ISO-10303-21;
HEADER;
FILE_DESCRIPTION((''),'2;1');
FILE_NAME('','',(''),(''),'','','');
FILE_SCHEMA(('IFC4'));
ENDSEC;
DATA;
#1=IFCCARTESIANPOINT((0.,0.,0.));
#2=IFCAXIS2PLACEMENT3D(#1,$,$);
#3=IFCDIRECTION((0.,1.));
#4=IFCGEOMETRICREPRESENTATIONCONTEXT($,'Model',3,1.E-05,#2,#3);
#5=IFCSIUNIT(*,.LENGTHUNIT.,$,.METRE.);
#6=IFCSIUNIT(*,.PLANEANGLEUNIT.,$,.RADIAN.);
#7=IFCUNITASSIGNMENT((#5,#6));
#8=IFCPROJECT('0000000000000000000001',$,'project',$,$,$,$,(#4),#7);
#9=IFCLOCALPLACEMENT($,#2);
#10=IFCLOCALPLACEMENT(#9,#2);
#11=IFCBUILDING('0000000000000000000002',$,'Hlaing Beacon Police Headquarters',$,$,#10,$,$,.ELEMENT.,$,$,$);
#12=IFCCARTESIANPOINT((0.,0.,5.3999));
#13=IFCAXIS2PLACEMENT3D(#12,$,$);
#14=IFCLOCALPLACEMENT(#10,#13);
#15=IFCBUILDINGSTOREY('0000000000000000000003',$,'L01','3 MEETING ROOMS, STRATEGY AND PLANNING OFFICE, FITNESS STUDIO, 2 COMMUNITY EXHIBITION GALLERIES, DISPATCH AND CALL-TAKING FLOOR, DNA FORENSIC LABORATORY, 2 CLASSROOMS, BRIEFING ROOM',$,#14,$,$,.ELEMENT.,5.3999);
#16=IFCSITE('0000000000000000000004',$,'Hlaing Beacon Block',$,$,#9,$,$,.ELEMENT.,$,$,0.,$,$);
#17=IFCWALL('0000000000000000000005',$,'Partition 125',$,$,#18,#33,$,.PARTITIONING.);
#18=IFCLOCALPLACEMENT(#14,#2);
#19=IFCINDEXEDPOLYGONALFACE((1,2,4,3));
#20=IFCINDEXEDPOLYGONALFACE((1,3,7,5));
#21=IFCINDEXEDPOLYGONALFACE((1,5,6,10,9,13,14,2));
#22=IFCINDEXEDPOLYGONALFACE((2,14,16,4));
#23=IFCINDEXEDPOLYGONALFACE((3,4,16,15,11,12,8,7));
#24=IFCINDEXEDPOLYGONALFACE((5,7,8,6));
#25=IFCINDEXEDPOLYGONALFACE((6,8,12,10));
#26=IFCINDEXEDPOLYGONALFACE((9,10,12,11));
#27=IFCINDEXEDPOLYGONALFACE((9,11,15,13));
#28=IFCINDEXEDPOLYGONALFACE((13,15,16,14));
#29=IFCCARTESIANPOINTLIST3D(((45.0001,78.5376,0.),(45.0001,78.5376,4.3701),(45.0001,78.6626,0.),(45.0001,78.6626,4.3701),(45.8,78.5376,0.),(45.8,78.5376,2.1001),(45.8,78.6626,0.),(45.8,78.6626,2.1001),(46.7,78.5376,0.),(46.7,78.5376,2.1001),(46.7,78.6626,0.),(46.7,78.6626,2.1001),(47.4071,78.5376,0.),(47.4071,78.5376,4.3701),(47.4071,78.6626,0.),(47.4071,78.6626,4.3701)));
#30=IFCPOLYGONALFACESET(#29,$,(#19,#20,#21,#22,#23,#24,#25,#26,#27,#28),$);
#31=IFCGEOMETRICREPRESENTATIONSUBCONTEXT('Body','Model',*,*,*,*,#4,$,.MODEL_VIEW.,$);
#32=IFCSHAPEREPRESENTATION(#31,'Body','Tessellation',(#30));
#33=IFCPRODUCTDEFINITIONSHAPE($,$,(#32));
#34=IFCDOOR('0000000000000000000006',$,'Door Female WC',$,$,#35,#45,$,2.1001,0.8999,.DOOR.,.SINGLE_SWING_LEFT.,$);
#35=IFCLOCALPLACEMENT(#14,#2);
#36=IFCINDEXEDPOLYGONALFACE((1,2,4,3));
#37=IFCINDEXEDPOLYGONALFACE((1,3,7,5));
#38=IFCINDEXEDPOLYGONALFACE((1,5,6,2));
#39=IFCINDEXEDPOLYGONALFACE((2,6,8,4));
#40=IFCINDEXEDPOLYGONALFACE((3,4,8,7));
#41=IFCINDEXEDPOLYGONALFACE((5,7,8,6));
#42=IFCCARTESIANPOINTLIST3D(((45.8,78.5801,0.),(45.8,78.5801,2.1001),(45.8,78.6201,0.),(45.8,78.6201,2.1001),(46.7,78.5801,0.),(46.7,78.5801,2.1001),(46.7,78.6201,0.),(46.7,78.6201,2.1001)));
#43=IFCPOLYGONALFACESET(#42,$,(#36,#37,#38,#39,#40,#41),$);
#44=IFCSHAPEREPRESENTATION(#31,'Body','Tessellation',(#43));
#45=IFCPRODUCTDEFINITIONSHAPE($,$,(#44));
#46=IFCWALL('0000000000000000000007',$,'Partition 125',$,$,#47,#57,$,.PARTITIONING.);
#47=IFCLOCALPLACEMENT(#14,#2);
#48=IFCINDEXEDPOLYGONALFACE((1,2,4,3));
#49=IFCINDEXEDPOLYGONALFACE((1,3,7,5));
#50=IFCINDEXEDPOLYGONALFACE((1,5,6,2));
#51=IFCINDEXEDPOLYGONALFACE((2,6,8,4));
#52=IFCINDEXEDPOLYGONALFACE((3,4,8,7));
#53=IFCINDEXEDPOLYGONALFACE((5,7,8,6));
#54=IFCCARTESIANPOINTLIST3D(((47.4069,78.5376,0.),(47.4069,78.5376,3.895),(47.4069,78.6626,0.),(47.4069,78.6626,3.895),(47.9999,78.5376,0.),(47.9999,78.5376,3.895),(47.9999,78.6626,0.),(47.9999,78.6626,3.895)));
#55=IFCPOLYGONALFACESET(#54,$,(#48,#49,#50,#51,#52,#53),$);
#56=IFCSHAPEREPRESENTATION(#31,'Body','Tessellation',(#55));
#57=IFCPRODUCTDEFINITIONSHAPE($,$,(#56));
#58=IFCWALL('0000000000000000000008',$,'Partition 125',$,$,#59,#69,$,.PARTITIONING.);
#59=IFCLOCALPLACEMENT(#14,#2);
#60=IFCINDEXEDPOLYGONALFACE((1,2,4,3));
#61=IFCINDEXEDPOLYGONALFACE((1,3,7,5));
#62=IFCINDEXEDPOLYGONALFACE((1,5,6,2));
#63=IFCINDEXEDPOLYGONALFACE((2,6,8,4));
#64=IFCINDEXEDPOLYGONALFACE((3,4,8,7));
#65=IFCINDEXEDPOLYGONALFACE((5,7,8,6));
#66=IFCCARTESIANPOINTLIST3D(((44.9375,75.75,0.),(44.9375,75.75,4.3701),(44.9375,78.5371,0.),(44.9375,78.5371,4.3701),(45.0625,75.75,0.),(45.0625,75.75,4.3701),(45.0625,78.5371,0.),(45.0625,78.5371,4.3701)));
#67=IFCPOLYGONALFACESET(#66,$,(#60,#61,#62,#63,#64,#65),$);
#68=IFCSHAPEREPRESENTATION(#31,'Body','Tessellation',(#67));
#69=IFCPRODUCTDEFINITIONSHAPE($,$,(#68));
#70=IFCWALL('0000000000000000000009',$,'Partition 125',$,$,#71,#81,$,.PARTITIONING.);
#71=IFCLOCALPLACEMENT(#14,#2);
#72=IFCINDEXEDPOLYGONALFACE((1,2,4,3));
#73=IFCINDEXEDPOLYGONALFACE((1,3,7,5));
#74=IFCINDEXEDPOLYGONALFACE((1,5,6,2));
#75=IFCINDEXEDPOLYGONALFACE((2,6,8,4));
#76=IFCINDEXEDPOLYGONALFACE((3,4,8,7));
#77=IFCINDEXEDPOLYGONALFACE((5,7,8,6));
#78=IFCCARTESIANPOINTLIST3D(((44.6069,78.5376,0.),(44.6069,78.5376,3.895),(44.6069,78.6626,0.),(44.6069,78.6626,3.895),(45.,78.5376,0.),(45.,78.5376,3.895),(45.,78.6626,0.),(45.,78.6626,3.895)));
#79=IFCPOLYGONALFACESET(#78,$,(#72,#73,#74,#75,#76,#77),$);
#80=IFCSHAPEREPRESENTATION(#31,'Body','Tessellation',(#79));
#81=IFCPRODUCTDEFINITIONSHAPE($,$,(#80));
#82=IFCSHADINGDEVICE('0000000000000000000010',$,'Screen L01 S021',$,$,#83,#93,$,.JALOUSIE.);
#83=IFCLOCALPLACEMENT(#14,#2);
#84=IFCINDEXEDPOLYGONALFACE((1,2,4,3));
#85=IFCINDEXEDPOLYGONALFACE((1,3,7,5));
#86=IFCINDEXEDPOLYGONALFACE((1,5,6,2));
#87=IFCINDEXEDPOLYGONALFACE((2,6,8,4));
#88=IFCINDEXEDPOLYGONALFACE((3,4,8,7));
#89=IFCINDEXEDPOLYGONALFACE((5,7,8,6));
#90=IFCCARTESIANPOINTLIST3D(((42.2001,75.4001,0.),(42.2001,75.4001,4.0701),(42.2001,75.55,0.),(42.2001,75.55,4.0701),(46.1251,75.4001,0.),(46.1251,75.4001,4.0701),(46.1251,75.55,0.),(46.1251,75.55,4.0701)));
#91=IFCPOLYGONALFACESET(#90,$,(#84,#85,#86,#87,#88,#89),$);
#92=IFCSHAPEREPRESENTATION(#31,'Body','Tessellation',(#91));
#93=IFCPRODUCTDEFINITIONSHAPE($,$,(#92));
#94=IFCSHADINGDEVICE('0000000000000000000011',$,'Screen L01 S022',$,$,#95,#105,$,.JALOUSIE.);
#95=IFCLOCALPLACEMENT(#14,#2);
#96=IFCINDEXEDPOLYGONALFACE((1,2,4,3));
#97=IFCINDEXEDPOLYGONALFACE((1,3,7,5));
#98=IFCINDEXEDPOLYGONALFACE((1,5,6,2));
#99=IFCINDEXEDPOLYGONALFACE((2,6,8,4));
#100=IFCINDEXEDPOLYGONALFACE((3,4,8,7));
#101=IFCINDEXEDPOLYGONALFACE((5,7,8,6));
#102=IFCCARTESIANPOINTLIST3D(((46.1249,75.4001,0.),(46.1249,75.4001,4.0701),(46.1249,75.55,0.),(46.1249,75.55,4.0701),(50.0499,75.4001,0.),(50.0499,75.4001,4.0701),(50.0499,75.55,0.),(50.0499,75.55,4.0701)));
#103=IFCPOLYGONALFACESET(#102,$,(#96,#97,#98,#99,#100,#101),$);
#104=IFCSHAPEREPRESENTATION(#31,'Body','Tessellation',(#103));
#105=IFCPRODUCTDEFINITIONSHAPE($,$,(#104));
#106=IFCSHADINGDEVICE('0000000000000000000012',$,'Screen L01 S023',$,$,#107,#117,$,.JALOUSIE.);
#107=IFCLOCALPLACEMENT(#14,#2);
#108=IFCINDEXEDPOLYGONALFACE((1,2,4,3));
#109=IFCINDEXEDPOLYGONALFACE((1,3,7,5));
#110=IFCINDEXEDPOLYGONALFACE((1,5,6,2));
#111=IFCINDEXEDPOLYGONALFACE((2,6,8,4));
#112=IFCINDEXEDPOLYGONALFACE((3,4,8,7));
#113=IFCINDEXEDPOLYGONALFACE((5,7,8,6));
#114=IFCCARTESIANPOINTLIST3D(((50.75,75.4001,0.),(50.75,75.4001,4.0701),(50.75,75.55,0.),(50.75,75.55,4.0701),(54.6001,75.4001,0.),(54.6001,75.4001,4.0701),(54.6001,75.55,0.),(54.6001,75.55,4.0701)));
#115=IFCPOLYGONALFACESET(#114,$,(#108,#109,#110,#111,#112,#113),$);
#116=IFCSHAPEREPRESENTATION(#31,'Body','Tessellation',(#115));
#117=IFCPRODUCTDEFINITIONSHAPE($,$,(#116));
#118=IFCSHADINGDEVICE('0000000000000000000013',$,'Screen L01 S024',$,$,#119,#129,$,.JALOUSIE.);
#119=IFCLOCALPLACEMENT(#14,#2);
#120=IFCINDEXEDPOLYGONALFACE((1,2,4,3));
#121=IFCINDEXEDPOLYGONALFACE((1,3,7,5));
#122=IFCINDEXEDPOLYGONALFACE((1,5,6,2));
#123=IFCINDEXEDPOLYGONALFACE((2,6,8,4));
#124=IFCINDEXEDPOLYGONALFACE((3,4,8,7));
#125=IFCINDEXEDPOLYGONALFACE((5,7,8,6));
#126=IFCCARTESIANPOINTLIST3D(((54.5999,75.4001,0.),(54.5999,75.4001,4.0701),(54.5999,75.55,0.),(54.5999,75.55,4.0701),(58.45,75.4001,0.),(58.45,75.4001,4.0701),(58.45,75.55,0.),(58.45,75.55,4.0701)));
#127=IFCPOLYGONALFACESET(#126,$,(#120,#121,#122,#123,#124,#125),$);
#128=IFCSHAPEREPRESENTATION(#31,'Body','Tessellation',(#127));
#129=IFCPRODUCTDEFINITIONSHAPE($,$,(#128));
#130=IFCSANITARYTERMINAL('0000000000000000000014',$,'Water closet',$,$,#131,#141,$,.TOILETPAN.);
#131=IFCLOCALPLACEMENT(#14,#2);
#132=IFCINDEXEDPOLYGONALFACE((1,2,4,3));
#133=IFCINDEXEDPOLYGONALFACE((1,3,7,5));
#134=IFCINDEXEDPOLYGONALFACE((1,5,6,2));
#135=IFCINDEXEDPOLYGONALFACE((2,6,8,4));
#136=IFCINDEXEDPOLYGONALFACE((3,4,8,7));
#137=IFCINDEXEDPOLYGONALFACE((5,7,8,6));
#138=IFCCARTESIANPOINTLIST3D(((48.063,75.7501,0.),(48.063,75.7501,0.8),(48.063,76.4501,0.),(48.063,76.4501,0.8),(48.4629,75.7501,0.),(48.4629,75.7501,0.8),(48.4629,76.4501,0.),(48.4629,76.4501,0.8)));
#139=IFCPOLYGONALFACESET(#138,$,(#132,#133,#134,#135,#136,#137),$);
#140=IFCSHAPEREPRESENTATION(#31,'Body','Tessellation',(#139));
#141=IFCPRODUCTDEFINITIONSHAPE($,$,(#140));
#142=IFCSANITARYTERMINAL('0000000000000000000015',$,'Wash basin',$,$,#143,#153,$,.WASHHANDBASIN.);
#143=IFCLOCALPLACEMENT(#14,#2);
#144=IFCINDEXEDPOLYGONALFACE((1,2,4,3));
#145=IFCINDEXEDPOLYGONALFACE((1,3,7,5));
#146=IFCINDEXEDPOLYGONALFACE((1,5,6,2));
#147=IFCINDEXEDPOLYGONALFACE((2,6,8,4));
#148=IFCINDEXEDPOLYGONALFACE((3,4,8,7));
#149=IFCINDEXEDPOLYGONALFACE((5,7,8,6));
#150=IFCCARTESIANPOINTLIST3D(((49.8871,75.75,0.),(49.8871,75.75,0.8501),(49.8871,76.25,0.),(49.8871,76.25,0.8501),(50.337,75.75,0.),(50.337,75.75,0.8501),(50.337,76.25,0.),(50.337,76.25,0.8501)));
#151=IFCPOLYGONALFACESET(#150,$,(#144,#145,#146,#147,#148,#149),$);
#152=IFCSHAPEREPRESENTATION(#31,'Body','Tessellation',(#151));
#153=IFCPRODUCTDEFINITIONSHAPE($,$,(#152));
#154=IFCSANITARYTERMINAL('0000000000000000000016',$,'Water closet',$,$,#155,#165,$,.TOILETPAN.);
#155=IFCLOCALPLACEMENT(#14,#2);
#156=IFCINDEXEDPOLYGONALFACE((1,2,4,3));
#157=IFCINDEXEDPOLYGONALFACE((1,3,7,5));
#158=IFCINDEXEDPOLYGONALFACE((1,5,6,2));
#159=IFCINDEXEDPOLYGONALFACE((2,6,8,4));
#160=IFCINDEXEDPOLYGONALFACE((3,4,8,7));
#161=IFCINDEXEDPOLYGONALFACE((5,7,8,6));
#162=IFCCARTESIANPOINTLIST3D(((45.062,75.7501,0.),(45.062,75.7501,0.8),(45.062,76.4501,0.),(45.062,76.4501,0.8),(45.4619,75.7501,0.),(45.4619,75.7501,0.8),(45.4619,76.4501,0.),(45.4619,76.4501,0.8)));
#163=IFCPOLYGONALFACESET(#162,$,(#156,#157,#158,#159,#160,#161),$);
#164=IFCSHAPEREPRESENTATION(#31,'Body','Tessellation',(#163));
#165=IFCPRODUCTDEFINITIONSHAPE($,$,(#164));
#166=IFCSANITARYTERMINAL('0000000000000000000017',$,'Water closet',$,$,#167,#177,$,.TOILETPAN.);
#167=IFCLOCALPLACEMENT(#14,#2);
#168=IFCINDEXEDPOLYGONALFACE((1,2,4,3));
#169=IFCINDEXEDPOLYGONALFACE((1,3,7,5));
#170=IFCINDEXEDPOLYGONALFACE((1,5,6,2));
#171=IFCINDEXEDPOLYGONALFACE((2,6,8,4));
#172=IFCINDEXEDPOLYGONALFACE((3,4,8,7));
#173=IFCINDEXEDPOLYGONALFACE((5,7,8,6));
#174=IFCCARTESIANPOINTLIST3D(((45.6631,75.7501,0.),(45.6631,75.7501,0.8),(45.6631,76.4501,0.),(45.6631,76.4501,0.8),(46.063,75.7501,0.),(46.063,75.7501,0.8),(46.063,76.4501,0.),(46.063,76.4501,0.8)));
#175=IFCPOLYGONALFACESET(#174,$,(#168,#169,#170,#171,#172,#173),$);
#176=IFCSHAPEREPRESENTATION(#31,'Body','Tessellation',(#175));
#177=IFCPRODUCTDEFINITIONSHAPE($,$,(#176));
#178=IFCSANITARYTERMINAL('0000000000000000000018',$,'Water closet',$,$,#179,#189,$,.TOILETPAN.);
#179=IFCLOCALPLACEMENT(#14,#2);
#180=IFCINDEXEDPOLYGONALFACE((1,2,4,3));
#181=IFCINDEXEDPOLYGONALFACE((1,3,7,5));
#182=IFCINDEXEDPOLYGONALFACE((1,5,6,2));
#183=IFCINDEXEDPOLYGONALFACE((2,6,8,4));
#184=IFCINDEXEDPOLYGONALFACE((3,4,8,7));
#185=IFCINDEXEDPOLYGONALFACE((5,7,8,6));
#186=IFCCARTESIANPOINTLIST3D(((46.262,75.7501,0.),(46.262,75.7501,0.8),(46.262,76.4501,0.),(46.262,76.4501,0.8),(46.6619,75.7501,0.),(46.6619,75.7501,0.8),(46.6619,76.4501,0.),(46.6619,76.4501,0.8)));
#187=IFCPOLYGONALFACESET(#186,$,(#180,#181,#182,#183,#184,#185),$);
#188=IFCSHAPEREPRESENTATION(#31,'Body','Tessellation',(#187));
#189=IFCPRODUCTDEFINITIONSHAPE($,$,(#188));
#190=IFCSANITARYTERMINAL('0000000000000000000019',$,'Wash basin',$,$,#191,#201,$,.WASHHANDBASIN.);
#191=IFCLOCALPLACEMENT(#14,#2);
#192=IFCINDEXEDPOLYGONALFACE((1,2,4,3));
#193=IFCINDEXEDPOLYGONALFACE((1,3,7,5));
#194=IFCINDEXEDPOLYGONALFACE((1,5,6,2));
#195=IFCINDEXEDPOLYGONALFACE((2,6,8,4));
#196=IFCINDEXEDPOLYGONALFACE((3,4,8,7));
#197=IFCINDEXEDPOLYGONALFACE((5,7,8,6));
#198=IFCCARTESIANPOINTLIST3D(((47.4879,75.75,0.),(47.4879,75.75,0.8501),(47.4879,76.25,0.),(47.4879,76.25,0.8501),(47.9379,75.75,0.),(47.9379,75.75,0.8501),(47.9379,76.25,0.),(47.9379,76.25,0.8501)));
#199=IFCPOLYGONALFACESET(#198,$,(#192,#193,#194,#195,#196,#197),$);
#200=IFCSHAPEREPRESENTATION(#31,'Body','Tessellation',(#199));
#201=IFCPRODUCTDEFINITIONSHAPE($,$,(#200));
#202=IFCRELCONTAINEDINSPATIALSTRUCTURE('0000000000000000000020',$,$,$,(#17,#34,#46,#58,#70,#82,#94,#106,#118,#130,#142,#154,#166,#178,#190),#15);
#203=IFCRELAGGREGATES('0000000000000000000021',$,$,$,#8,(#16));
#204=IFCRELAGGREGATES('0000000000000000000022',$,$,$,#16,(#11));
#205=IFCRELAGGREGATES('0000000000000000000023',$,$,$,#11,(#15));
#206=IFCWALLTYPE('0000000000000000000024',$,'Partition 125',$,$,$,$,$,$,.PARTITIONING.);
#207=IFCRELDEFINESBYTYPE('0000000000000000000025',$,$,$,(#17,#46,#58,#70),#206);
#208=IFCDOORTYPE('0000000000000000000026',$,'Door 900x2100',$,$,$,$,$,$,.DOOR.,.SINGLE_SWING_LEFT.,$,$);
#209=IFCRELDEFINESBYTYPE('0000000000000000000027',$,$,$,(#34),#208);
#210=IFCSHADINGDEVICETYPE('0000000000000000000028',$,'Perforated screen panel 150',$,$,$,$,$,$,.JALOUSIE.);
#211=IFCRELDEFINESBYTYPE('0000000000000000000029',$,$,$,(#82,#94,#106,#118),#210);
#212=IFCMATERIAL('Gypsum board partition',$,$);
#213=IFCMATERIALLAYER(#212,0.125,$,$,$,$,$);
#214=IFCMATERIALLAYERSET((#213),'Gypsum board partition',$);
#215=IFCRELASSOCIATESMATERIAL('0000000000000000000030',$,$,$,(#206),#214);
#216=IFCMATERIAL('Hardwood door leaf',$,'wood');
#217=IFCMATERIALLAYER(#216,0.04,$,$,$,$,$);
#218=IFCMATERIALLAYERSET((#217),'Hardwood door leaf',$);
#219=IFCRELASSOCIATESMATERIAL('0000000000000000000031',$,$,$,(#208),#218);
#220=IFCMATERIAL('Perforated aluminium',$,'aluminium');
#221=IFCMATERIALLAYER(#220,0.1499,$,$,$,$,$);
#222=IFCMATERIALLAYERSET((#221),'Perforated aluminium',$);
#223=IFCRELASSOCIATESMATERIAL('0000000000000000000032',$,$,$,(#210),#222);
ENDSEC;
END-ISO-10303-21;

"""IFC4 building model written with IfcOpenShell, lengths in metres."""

from ifc_helpers import new_model, si_unit, direction, frame, frame_2d, origin, origin_2d, place, context, subcontext, project, spatial, rectangle, extrude, material, layer, layer_set, type_object, element, fill, save


model = new_model("IFC4")

# Units and contexts
model_context = context("Model", 3, precision=1e-05, world=origin(), true_north=direction((0.0, 1.0)))
body_context = subcontext(model_context, "Body", "Model", "MODEL_VIEW")
ifc_project = project(units=[si_unit("LENGTHUNIT", "METRE"), si_unit("PLANEANGLEUNIT", "RADIAN")], contexts=[model_context])

# Site, building, storey
site_placement = place(None, origin())
site = spatial("IfcSite", under=ifc_project, at=site_placement, Name="Hlaing Beacon Block", CompositionType="ELEMENT", RefElevation=0.0)
building_placement = place(site_placement, origin())
building = spatial("IfcBuilding", under=site, at=building_placement, Name="Hlaing Beacon Police Headquarters", CompositionType="ELEMENT")
storey_placement = place(building_placement, frame((0.0, 0.0, 5.3999)))
storey = spatial("IfcBuildingStorey", under=building, at=storey_placement, Name="L01", Description="3 MEETING ROOMS, STRATEGY AND PLANNING OFFICE, FITNESS STUDIO, 2 COMMUNITY EXHIBITION GALLERIES, DISPATCH AND CALL-TAKING FLOOR, DNA FORENSIC LABORATORY, 2 CLASSROOMS, BRIEFING ROOM", CompositionType="ELEMENT", Elevation=5.3999)

# Shared definitions
ifc_material_1 = material(Name="Gypsum board partition")
ifc_layer_1 = layer(ifc_material_1, 0.125)
ifc_layer_set_1 = layer_set([ifc_layer_1], Name="Gypsum board partition")
wall_type_1 = type_object("IfcWallType", Name="Partition 125", PredefinedType="PARTITIONING", material=ifc_layer_set_1)

# Wall, opening, door
wall_1_placement = place(storey_placement, frame((45.0, 78.6001, 0.0), z_axis=(0.0, 0.0, 1.0), x_axis=(1.0, 0.0, 0.0)))
wall_1 = element("IfcWall", 1, at=wall_1_placement, inside=storey, type_object=wall_type_1, Name="Partition 125", PredefinedType="PARTITIONING", context=body_context, shape_type="SweptSolid", body=[
    extrude(rectangle(XDim=2.407, YDim=0.125, at=frame_2d((1.2036, 0.0))), origin(), (0.0, 0.0, 1.0), 4.3701),
])
opening_1_placement = place(wall_1_placement, frame((0.8, 0.0, 0.0)))
opening_1 = element("IfcOpeningElement", 2, at=opening_1_placement, cuts=wall_1, PredefinedType="OPENING", context=body_context, shape_type="SweptSolid", body=[
    extrude(rectangle(XDim=0.8999, YDim=2.1001, at=frame_2d((0.45, 1.05))), frame((0.0, 0.0725, 0.0), z_axis=(0.0, -1.0, 0.0), x_axis=(1.0, 0.0, 0.0)), (0.0, 0.0, 1.0), 0.145),
])
ifc_material_2 = material(Name="Hardwood door leaf", Category="wood")
ifc_layer_2 = layer(ifc_material_2, 0.04)
ifc_layer_set_2 = layer_set([ifc_layer_2], Name="Hardwood door leaf")
door_type_1 = type_object("IfcDoorType", Name="Door 900x2100", OperationType="SINGLE_SWING_LEFT", PredefinedType="DOOR", material=ifc_layer_set_2)
door_1_placement = place(opening_1_placement, frame((0.8999, 0.0, 0.0), z_axis=(0.0, 0.0, 1.0), x_axis=(-1.0, 0.0, 0.0)))
door_1 = element("IfcDoor", 3, at=door_1_placement, inside=storey, type_object=door_type_1, Name="Door Female WC", OperationType="SINGLE_SWING_LEFT", OverallHeight=2.1001, OverallWidth=0.8999, PredefinedType="DOOR", context=body_context, shape_type="SweptSolid", body=[
    extrude(rectangle(XDim=0.8999, YDim=2.1001, at=frame_2d((0.45, 1.05))), frame((0.0, 0.02, 0.0), z_axis=(0.0, -1.0, 0.0), x_axis=(1.0, 0.0, 0.0)), (0.0, 0.0, 1.0), 0.04),
])
fill(opening_1, door_1)

# Walls
wall_2_placement = place(storey_placement, frame((47.407, 78.6001, 0.0), z_axis=(0.0, 0.0, 1.0), x_axis=(1.0, 0.0, 0.0)))
element("IfcWall", 4, at=wall_2_placement, inside=storey, type_object=wall_type_1, Name="Partition 125", PredefinedType="PARTITIONING", context=body_context, shape_type="SweptSolid", body=[
    extrude(rectangle(XDim=0.593, YDim=0.125, at=frame_2d((0.2964, 0.0))), origin(), (0.0, 0.0, 1.0), 3.895),
])
wall_3_placement = place(storey_placement, frame((45.0, 75.75, 0.0), z_axis=(0.0, 0.0, 1.0), x_axis=(0.0, 1.0, 0.0)))
element("IfcWall", 5, at=wall_3_placement, inside=storey, type_object=wall_type_1, Name="Partition 125", PredefinedType="PARTITIONING", context=body_context, shape_type="SweptSolid", body=[
    extrude(rectangle(XDim=2.7871, YDim=0.125, at=frame_2d((1.3936, 0.0))), origin(), (0.0, 0.0, 1.0), 4.3701),
])
wall_4_placement = place(storey_placement, frame((44.6069, 78.6001, 0.0), z_axis=(0.0, 0.0, 1.0), x_axis=(1.0, 0.0, 0.0)))
element("IfcWall", 6, at=wall_4_placement, inside=storey, type_object=wall_type_1, Name="Partition 125", PredefinedType="PARTITIONING", context=body_context, shape_type="SweptSolid", body=[
    extrude(rectangle(XDim=0.3931, YDim=0.125, at=frame_2d((0.1965, 0.0))), origin(), (0.0, 0.0, 1.0), 3.895),
])

# Shading devices
ifc_material_3 = material(Name="Perforated aluminium", Category="aluminium")
ifc_layer_3 = layer(ifc_material_3, 0.1499)
ifc_layer_set_3 = layer_set([ifc_layer_3], Name="Perforated aluminium")
shading_device_type = type_object("IfcShadingDeviceType", Name="Perforated screen panel 150", PredefinedType="JALOUSIE", material=ifc_layer_set_3)
for number, where, z_axis, x_axis, name in (
    (7, (44.1626, 75.4751, 0.0), (0.0, 0.0, 1.0), (1.0, 0.0, 0.0), "Screen L01 S021"),
    (8, (48.0874, 75.4751, 0.0), (0.0, 0.0, 1.0), (1.0, 0.0, 0.0), "Screen L01 S022"),
):
    element("IfcShadingDevice", number, at=place(storey_placement, frame(where, z_axis=z_axis, x_axis=x_axis)), inside=storey, type_object=shading_device_type, Name=name, PredefinedType="JALOUSIE", context=body_context, shape_type="SweptSolid", body=[
        extrude(rectangle(XDim=3.925, YDim=0.1499, at=origin_2d()), origin(), (0.0, 0.0, 1.0), 4.0701),
    ])
for number, where, z_axis, x_axis, name in (
    (9, (52.675, 75.4751, 0.0), (0.0, 0.0, 1.0), (1.0, 0.0, 0.0), "Screen L01 S023"),
    (10, (56.5249, 75.4751, 0.0), (0.0, 0.0, 1.0), (1.0, 0.0, 0.0), "Screen L01 S024"),
):
    element("IfcShadingDevice", number, at=place(storey_placement, frame(where, z_axis=z_axis, x_axis=x_axis)), inside=storey, type_object=shading_device_type, Name=name, PredefinedType="JALOUSIE", context=body_context, shape_type="SweptSolid", body=[
        extrude(rectangle(XDim=3.8501, YDim=0.1499, at=origin_2d()), origin(), (0.0, 0.0, 1.0), 4.0701),
    ])

# Sanitary terminals
sanitary_terminal_1_placement = place(storey_placement, frame((48.2629, 76.1001, 0.0), z_axis=(0.0, 0.0, 1.0), x_axis=(1.0, 0.0, 0.0)))
element("IfcSanitaryTerminal", 11, at=sanitary_terminal_1_placement, inside=storey, Name="Water closet", PredefinedType="TOILETPAN", context=body_context, shape_type="SweptSolid", body=[
    extrude(rectangle(XDim=0.3999, YDim=0.7, at=origin_2d()), origin(), (0.0, 0.0, 1.0), 0.8),
])
sanitary_terminal_2_placement = place(storey_placement, frame((50.1121, 76.0, 0.0), z_axis=(0.0, 0.0, 1.0), x_axis=(1.0, 0.0, 0.0)))
element("IfcSanitaryTerminal", 12, at=sanitary_terminal_2_placement, inside=storey, Name="Wash basin", PredefinedType="WASHHANDBASIN", context=body_context, shape_type="SweptSolid", body=[
    extrude(rectangle(XDim=0.45, YDim=0.5, at=origin_2d()), origin(), (0.0, 0.0, 1.0), 0.8501),
])
for number, where, z_axis, x_axis, name in (
    (13, (45.262, 76.1001, 0.0), (0.0, 0.0, 1.0), (1.0, 0.0, 0.0), "Water closet"),
    (14, (45.863, 76.1001, 0.0), (0.0, 0.0, 1.0), (1.0, 0.0, 0.0), "Water closet"),
    (15, (46.4619, 76.1001, 0.0), (0.0, 0.0, 1.0), (1.0, 0.0, 0.0), "Water closet"),
):
    element("IfcSanitaryTerminal", number, at=place(storey_placement, frame(where, z_axis=z_axis, x_axis=x_axis)), inside=storey, Name=name, PredefinedType="TOILETPAN", context=body_context, shape_type="SweptSolid", body=[
        extrude(rectangle(XDim=0.3999, YDim=0.7, at=origin_2d()), origin(), (0.0, 0.0, 1.0), 0.8),
    ])
for number, where, z_axis, x_axis, name in (
    (16, (47.7129, 76.0, 0.0), (0.0, 0.0, 1.0), (1.0, 0.0, 0.0), "Wash basin"),
):
    element("IfcSanitaryTerminal", number, at=place(storey_placement, frame(where, z_axis=z_axis, x_axis=x_axis)), inside=storey, Name=name, PredefinedType="WASHHANDBASIN", context=body_context, shape_type="SweptSolid", body=[
        extrude(rectangle(XDim=0.45, YDim=0.5, at=origin_2d()), origin(), (0.0, 0.0, 1.0), 0.8501),
    ])

save(model, "model.ifc")
